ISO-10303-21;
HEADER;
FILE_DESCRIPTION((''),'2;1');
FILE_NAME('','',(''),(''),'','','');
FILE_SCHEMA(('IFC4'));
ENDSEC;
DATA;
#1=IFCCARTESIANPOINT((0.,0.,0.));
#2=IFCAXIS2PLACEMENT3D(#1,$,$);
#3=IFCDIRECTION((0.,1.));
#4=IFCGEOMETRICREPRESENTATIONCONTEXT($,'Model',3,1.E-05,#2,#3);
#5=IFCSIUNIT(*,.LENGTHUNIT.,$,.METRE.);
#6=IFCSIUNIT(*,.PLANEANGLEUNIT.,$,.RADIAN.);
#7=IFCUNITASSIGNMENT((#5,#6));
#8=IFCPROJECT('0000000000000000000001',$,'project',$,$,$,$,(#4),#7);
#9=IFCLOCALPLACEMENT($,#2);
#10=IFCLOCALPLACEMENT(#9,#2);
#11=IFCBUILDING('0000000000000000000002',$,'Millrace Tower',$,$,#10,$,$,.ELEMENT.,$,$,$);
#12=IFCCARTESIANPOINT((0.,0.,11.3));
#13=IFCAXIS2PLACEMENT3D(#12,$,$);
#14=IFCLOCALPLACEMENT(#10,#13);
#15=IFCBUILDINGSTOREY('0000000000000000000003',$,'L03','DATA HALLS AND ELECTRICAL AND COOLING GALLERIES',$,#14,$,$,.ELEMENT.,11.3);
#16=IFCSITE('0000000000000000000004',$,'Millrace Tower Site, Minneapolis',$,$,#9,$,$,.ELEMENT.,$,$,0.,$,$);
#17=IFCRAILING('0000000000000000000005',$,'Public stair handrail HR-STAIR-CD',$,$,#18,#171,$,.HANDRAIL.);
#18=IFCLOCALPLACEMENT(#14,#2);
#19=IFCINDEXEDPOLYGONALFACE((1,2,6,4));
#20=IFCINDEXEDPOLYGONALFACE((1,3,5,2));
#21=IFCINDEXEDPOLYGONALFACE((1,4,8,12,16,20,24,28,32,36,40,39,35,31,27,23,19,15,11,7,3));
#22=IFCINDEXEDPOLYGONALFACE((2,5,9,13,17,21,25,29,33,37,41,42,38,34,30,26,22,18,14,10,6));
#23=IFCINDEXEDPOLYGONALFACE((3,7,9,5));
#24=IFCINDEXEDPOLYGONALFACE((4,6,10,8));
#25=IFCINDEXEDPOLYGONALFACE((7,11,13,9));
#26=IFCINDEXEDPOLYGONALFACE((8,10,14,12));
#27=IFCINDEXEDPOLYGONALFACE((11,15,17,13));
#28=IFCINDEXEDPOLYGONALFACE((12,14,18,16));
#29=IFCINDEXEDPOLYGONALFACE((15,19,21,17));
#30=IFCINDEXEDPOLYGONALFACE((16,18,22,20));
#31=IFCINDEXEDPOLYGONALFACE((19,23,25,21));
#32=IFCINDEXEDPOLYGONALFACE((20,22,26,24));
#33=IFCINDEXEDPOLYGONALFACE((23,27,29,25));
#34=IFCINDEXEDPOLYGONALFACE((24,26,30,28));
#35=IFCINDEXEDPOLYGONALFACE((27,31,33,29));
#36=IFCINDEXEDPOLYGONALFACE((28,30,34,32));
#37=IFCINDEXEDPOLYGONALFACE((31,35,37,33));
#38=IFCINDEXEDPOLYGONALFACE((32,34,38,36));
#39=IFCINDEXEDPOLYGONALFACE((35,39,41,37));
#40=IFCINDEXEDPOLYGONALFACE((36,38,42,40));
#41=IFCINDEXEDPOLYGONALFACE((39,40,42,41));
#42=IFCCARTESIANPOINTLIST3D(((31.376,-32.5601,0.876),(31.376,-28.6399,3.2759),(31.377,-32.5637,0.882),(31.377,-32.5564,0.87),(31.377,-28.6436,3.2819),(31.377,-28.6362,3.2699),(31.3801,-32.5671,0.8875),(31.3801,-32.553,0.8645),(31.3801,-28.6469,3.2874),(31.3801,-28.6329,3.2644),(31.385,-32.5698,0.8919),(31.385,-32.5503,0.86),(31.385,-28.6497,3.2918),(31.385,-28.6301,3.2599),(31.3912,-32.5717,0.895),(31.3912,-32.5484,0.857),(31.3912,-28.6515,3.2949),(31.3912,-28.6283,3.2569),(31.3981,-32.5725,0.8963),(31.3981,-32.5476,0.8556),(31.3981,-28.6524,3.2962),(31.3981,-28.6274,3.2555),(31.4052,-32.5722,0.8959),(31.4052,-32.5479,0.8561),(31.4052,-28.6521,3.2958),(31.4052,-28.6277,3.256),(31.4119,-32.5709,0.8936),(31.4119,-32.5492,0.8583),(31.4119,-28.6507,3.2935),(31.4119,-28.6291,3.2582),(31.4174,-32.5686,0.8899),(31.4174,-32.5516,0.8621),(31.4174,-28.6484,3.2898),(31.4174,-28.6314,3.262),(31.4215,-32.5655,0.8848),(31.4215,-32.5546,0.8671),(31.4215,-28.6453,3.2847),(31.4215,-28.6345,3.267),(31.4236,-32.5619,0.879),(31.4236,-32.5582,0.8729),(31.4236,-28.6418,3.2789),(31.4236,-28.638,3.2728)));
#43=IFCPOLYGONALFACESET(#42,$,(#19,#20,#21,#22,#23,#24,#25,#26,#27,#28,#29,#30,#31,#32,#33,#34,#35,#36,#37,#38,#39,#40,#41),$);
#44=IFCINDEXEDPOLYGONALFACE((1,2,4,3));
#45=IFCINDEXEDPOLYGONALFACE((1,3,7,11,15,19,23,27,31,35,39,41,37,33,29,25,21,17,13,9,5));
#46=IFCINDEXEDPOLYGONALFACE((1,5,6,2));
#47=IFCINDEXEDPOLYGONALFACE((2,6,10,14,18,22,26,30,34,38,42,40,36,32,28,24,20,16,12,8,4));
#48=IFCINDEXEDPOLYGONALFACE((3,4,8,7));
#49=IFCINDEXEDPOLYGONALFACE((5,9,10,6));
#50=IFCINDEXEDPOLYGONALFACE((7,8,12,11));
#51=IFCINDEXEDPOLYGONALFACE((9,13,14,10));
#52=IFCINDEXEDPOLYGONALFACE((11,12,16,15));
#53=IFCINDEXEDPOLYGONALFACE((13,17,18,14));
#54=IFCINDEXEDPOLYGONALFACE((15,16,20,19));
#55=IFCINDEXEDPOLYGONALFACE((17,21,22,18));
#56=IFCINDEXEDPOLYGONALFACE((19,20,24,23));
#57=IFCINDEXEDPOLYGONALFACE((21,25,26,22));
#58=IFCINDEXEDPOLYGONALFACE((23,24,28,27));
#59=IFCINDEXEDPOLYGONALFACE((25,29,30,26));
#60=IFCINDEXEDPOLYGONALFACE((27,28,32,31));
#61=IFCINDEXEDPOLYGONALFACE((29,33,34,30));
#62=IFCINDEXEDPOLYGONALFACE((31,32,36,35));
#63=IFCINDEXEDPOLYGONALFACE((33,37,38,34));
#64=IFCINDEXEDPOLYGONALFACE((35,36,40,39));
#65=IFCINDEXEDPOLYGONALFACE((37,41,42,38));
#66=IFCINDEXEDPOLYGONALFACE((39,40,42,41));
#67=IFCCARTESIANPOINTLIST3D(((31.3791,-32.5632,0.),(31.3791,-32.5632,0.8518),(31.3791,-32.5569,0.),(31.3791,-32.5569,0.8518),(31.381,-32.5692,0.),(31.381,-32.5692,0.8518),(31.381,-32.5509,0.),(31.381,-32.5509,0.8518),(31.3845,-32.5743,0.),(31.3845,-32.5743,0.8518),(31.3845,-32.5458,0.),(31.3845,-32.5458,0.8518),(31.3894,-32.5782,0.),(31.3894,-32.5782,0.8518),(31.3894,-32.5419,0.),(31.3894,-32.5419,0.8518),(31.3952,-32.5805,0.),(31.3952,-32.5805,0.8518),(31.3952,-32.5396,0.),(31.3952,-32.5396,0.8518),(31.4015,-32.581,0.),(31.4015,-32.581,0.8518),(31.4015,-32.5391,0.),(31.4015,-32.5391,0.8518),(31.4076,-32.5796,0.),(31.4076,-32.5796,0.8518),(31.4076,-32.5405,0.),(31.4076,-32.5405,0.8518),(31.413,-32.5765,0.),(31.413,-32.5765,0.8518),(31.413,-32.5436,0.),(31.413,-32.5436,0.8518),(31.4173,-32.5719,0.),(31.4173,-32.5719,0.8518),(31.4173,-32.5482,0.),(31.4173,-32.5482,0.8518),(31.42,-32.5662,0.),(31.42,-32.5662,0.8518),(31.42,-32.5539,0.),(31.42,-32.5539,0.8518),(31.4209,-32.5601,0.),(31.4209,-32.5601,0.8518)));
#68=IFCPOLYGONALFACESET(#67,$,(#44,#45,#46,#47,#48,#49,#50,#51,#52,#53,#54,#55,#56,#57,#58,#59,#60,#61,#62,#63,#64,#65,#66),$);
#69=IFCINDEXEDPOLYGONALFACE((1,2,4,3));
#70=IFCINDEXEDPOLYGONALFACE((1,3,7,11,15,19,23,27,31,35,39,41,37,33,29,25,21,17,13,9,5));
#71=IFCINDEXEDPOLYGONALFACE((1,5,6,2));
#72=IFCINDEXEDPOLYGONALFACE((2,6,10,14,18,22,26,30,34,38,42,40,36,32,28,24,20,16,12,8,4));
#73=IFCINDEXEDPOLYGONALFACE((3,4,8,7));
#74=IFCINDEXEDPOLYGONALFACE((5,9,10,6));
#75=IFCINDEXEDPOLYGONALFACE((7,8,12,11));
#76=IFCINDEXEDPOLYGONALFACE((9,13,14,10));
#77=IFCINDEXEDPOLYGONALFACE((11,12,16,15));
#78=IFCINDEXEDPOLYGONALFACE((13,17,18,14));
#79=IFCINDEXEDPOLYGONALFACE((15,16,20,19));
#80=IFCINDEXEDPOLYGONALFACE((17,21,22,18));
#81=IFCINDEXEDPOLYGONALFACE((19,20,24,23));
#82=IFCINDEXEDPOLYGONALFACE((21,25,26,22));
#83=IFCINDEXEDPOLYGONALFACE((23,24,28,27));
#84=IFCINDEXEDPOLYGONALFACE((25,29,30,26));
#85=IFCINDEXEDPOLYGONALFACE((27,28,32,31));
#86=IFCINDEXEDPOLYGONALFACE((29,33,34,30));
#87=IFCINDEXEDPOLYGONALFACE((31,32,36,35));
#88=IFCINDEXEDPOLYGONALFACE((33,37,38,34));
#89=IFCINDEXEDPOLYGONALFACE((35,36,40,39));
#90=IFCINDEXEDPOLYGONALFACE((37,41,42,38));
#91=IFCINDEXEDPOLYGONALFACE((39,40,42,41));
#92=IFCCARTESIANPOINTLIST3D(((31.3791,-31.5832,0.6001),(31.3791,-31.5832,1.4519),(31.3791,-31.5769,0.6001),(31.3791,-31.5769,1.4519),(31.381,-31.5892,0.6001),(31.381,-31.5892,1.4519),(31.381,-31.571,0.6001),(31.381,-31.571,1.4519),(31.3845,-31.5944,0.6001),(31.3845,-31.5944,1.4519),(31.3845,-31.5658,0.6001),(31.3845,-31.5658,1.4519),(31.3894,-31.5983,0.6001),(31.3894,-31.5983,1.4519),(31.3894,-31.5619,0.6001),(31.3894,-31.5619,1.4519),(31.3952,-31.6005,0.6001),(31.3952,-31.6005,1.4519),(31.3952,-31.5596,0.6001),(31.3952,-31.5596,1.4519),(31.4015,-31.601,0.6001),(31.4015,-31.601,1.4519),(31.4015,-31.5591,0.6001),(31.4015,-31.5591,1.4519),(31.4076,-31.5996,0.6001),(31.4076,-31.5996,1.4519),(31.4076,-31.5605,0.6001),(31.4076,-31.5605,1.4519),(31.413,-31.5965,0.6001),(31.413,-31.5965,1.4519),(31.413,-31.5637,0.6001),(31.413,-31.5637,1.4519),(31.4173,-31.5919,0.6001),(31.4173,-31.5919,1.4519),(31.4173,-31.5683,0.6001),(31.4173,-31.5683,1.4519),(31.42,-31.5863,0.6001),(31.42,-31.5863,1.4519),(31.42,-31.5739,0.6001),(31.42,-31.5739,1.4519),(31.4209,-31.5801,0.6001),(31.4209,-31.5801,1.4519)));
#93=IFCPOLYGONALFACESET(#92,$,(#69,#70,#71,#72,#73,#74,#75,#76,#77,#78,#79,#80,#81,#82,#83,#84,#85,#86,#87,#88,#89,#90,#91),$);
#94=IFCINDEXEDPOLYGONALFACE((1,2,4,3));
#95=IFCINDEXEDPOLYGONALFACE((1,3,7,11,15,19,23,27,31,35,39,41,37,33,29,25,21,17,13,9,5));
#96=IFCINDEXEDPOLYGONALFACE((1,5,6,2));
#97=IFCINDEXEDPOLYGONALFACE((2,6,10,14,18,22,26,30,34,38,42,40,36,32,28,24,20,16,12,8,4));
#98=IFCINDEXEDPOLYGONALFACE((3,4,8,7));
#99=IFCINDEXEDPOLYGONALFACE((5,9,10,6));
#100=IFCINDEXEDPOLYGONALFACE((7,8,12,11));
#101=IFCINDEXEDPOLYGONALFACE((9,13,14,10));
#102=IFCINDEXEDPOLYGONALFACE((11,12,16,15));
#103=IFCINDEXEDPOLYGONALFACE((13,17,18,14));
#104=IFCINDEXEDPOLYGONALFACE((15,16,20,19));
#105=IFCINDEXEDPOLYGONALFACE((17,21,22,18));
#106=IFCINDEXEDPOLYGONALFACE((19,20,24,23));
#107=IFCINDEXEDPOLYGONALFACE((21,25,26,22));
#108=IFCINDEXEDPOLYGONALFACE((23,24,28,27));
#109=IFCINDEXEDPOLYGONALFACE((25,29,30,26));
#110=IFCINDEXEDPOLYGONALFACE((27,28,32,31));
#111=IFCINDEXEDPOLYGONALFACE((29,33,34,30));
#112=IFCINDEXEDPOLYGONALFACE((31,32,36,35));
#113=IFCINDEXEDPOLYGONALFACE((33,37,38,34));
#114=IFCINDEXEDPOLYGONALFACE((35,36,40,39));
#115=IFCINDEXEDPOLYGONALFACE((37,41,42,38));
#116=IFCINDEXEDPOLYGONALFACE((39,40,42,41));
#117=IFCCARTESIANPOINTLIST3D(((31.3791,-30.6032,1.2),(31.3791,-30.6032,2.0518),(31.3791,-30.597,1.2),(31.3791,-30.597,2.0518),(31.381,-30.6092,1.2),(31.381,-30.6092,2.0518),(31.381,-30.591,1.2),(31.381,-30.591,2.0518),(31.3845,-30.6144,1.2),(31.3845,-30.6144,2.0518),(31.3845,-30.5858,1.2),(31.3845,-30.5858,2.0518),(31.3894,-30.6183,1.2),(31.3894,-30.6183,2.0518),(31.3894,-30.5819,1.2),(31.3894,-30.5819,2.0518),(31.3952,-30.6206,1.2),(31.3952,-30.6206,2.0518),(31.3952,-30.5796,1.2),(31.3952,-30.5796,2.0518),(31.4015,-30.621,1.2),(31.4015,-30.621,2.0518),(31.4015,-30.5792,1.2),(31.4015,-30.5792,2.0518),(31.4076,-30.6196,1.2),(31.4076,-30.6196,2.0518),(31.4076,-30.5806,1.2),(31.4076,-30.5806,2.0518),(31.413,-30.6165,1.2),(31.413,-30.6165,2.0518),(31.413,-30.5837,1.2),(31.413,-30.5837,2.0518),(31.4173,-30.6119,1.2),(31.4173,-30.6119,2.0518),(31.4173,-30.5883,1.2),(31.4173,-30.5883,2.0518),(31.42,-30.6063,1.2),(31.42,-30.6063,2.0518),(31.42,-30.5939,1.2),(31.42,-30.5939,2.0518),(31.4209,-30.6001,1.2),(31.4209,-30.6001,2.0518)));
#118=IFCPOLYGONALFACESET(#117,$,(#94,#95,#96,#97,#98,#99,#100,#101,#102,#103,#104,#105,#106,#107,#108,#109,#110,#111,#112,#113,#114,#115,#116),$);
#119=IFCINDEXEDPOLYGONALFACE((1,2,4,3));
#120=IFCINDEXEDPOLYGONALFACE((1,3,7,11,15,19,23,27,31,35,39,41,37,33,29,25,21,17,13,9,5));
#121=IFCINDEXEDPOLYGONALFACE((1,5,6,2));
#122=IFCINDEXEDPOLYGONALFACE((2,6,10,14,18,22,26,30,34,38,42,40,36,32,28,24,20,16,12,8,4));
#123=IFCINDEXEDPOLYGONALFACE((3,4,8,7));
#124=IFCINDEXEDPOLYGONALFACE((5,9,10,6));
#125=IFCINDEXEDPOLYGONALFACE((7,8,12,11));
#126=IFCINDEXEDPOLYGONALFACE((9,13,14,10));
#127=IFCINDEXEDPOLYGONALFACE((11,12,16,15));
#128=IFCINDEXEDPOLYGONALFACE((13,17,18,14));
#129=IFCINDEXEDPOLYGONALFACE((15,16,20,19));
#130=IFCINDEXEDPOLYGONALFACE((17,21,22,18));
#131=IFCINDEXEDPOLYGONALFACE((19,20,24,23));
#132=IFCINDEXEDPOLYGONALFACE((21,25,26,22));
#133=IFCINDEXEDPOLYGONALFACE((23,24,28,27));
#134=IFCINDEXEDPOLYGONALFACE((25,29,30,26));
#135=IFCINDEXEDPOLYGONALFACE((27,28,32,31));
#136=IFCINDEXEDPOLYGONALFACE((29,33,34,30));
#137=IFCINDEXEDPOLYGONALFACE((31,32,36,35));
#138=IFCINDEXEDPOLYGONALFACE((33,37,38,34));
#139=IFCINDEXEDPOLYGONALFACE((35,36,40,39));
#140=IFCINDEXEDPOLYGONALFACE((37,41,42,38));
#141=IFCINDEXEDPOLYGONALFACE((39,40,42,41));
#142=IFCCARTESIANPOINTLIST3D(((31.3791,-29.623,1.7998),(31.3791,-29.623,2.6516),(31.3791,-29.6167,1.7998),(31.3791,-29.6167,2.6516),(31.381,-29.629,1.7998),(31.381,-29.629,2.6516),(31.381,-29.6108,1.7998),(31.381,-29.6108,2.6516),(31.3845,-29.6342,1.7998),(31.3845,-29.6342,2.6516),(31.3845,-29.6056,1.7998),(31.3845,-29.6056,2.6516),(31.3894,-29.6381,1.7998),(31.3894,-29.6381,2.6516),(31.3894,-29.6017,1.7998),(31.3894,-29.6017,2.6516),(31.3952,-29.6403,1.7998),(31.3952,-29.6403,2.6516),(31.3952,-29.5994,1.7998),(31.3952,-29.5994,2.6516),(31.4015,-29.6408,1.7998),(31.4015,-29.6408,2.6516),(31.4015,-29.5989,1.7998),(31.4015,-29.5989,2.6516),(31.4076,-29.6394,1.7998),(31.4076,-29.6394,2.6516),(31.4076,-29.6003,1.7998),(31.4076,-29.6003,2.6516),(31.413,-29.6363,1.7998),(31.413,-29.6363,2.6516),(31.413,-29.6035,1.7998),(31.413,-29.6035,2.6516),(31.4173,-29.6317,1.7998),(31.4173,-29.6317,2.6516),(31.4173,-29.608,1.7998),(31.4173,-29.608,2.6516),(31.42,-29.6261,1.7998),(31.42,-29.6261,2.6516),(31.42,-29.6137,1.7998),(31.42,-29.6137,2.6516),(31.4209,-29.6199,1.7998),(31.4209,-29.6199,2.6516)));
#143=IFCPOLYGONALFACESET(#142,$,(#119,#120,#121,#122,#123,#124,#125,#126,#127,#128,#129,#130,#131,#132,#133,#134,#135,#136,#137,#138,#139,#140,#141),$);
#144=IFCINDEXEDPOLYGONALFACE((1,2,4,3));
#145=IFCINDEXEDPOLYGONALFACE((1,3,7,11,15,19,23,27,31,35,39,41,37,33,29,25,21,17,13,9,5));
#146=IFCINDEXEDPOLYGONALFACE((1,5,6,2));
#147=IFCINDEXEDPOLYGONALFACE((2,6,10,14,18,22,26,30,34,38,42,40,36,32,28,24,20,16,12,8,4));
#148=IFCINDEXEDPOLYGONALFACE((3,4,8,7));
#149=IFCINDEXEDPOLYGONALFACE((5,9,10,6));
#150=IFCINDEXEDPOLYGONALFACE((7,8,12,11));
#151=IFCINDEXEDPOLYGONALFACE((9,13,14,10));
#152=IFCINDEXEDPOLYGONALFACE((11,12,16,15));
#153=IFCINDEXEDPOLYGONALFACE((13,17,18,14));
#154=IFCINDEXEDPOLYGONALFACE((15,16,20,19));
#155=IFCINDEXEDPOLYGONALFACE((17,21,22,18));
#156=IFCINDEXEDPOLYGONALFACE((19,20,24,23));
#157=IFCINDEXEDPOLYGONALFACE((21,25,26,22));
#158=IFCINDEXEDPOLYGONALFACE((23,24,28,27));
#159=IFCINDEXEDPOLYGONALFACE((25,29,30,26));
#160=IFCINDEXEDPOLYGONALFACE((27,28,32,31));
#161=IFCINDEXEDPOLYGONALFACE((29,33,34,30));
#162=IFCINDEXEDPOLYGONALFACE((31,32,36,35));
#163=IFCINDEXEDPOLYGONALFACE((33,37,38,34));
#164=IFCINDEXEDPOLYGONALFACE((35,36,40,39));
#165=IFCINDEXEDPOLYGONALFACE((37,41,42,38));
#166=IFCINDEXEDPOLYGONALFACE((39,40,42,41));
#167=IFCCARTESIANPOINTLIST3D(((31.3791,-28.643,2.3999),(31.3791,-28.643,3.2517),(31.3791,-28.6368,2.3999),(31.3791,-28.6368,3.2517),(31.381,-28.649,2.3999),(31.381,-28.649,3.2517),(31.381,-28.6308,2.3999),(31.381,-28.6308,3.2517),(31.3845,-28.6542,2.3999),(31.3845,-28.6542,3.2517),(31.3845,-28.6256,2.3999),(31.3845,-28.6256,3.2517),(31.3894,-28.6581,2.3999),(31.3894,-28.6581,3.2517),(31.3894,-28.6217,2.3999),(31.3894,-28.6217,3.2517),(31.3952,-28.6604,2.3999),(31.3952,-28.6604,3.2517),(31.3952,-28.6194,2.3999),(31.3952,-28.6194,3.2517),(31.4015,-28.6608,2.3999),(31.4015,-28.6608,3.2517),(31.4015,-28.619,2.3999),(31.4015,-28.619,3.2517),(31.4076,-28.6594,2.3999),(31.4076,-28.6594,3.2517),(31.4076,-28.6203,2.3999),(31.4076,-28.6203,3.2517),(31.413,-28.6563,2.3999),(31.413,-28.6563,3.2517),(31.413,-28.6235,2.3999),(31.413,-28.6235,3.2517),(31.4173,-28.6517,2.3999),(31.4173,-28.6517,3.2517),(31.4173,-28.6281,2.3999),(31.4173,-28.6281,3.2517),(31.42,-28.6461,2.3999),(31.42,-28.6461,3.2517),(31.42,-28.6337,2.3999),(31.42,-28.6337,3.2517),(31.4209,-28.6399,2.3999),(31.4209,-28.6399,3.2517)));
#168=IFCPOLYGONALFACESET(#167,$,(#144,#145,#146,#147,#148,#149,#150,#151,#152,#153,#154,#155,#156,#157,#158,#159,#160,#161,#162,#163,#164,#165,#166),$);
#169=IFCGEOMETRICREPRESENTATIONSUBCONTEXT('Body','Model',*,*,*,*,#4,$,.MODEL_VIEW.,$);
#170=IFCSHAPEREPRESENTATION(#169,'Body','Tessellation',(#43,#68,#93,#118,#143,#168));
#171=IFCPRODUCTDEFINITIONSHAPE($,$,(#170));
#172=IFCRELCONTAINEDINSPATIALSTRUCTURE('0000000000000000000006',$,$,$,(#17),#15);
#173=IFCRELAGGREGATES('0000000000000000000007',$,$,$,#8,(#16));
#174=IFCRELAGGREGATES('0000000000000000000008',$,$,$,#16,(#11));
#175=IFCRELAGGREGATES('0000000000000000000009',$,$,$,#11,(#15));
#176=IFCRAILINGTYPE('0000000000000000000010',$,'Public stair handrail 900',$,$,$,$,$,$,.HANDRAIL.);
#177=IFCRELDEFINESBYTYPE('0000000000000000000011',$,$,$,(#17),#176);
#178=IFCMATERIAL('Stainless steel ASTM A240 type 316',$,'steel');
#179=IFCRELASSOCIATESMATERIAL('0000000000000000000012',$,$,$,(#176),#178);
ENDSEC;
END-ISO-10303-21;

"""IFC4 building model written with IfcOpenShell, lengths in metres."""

from ifc_helpers import new_model, si_unit, direction, frame, origin, origin_2d, place, context, subcontext, project, spatial, circle, extrude, material, type_object, element, save


model = new_model("IFC4")

# Units and contexts
model_context = context("Model", 3, precision=1e-05, world=origin(), true_north=direction((0.0, 1.0)))
body_context = subcontext(model_context, "Body", "Model", "MODEL_VIEW")
ifc_project = project(units=[si_unit("LENGTHUNIT", "METRE"), si_unit("PLANEANGLEUNIT", "RADIAN")], contexts=[model_context])

# Site, building, storey
site_placement = place(None, origin())
site = spatial("IfcSite", under=ifc_project, at=site_placement, Name="Millrace Tower Site, Minneapolis", CompositionType="ELEMENT", RefElevation=0.0)
building_placement = place(site_placement, origin())
building = spatial("IfcBuilding", under=site, at=building_placement, Name="Millrace Tower", CompositionType="ELEMENT")
storey_placement = place(building_placement, frame((0.0, 0.0, 11.3)))
storey = spatial("IfcBuildingStorey", under=building, at=storey_placement, Name="L03", Description="DATA HALLS AND ELECTRICAL AND COOLING GALLERIES", CompositionType="ELEMENT", Elevation=11.3)

# Railing
placement_1 = place(storey_placement, frame((31.3999, -32.5601, 0.0)))
ifc_material_1 = material(Name="Stainless steel ASTM A240 type 316", Category="steel")
railing_type_1 = type_object("IfcRailingType", Name="Public stair handrail 900", PredefinedType="HANDRAIL", material=ifc_material_1)
element("IfcRailing", 1, at=placement_1, inside=storey, type_object=railing_type_1, Name="Public stair handrail HR-STAIR-CD", PredefinedType="HANDRAIL", context=body_context, shape_type="SweptSolid", body=[
    extrude(circle(Radius=0.0239, at=origin_2d()), frame((0.0, 0.0, 0.876), z_axis=(0.0, 0.852871, 0.522122), x_axis=(-1.0, 0.0, 0.0)), (0.0, 0.0, 1.0), 4.5964),
    extrude(circle(Radius=0.021, at=origin_2d()), origin(), (0.0, 0.0, 1.0), 0.8518),
    extrude(circle(Radius=0.021, at=origin_2d()), frame((0.0, 0.98, 0.6001)), (0.0, 0.0, 1.0), 0.8518),
    extrude(circle(Radius=0.021, at=origin_2d()), frame((0.0, 1.96, 1.2)), (0.0, 0.0, 1.0), 0.8518),
    extrude(circle(Radius=0.021, at=origin_2d()), frame((0.0, 2.9402, 1.7998)), (0.0, 0.0, 1.0), 0.8518),
    extrude(circle(Radius=0.021, at=origin_2d()), frame((0.0, 3.9202, 2.3999)), (0.0, 0.0, 1.0), 0.8518),
])

save(model, "model.ifc")
